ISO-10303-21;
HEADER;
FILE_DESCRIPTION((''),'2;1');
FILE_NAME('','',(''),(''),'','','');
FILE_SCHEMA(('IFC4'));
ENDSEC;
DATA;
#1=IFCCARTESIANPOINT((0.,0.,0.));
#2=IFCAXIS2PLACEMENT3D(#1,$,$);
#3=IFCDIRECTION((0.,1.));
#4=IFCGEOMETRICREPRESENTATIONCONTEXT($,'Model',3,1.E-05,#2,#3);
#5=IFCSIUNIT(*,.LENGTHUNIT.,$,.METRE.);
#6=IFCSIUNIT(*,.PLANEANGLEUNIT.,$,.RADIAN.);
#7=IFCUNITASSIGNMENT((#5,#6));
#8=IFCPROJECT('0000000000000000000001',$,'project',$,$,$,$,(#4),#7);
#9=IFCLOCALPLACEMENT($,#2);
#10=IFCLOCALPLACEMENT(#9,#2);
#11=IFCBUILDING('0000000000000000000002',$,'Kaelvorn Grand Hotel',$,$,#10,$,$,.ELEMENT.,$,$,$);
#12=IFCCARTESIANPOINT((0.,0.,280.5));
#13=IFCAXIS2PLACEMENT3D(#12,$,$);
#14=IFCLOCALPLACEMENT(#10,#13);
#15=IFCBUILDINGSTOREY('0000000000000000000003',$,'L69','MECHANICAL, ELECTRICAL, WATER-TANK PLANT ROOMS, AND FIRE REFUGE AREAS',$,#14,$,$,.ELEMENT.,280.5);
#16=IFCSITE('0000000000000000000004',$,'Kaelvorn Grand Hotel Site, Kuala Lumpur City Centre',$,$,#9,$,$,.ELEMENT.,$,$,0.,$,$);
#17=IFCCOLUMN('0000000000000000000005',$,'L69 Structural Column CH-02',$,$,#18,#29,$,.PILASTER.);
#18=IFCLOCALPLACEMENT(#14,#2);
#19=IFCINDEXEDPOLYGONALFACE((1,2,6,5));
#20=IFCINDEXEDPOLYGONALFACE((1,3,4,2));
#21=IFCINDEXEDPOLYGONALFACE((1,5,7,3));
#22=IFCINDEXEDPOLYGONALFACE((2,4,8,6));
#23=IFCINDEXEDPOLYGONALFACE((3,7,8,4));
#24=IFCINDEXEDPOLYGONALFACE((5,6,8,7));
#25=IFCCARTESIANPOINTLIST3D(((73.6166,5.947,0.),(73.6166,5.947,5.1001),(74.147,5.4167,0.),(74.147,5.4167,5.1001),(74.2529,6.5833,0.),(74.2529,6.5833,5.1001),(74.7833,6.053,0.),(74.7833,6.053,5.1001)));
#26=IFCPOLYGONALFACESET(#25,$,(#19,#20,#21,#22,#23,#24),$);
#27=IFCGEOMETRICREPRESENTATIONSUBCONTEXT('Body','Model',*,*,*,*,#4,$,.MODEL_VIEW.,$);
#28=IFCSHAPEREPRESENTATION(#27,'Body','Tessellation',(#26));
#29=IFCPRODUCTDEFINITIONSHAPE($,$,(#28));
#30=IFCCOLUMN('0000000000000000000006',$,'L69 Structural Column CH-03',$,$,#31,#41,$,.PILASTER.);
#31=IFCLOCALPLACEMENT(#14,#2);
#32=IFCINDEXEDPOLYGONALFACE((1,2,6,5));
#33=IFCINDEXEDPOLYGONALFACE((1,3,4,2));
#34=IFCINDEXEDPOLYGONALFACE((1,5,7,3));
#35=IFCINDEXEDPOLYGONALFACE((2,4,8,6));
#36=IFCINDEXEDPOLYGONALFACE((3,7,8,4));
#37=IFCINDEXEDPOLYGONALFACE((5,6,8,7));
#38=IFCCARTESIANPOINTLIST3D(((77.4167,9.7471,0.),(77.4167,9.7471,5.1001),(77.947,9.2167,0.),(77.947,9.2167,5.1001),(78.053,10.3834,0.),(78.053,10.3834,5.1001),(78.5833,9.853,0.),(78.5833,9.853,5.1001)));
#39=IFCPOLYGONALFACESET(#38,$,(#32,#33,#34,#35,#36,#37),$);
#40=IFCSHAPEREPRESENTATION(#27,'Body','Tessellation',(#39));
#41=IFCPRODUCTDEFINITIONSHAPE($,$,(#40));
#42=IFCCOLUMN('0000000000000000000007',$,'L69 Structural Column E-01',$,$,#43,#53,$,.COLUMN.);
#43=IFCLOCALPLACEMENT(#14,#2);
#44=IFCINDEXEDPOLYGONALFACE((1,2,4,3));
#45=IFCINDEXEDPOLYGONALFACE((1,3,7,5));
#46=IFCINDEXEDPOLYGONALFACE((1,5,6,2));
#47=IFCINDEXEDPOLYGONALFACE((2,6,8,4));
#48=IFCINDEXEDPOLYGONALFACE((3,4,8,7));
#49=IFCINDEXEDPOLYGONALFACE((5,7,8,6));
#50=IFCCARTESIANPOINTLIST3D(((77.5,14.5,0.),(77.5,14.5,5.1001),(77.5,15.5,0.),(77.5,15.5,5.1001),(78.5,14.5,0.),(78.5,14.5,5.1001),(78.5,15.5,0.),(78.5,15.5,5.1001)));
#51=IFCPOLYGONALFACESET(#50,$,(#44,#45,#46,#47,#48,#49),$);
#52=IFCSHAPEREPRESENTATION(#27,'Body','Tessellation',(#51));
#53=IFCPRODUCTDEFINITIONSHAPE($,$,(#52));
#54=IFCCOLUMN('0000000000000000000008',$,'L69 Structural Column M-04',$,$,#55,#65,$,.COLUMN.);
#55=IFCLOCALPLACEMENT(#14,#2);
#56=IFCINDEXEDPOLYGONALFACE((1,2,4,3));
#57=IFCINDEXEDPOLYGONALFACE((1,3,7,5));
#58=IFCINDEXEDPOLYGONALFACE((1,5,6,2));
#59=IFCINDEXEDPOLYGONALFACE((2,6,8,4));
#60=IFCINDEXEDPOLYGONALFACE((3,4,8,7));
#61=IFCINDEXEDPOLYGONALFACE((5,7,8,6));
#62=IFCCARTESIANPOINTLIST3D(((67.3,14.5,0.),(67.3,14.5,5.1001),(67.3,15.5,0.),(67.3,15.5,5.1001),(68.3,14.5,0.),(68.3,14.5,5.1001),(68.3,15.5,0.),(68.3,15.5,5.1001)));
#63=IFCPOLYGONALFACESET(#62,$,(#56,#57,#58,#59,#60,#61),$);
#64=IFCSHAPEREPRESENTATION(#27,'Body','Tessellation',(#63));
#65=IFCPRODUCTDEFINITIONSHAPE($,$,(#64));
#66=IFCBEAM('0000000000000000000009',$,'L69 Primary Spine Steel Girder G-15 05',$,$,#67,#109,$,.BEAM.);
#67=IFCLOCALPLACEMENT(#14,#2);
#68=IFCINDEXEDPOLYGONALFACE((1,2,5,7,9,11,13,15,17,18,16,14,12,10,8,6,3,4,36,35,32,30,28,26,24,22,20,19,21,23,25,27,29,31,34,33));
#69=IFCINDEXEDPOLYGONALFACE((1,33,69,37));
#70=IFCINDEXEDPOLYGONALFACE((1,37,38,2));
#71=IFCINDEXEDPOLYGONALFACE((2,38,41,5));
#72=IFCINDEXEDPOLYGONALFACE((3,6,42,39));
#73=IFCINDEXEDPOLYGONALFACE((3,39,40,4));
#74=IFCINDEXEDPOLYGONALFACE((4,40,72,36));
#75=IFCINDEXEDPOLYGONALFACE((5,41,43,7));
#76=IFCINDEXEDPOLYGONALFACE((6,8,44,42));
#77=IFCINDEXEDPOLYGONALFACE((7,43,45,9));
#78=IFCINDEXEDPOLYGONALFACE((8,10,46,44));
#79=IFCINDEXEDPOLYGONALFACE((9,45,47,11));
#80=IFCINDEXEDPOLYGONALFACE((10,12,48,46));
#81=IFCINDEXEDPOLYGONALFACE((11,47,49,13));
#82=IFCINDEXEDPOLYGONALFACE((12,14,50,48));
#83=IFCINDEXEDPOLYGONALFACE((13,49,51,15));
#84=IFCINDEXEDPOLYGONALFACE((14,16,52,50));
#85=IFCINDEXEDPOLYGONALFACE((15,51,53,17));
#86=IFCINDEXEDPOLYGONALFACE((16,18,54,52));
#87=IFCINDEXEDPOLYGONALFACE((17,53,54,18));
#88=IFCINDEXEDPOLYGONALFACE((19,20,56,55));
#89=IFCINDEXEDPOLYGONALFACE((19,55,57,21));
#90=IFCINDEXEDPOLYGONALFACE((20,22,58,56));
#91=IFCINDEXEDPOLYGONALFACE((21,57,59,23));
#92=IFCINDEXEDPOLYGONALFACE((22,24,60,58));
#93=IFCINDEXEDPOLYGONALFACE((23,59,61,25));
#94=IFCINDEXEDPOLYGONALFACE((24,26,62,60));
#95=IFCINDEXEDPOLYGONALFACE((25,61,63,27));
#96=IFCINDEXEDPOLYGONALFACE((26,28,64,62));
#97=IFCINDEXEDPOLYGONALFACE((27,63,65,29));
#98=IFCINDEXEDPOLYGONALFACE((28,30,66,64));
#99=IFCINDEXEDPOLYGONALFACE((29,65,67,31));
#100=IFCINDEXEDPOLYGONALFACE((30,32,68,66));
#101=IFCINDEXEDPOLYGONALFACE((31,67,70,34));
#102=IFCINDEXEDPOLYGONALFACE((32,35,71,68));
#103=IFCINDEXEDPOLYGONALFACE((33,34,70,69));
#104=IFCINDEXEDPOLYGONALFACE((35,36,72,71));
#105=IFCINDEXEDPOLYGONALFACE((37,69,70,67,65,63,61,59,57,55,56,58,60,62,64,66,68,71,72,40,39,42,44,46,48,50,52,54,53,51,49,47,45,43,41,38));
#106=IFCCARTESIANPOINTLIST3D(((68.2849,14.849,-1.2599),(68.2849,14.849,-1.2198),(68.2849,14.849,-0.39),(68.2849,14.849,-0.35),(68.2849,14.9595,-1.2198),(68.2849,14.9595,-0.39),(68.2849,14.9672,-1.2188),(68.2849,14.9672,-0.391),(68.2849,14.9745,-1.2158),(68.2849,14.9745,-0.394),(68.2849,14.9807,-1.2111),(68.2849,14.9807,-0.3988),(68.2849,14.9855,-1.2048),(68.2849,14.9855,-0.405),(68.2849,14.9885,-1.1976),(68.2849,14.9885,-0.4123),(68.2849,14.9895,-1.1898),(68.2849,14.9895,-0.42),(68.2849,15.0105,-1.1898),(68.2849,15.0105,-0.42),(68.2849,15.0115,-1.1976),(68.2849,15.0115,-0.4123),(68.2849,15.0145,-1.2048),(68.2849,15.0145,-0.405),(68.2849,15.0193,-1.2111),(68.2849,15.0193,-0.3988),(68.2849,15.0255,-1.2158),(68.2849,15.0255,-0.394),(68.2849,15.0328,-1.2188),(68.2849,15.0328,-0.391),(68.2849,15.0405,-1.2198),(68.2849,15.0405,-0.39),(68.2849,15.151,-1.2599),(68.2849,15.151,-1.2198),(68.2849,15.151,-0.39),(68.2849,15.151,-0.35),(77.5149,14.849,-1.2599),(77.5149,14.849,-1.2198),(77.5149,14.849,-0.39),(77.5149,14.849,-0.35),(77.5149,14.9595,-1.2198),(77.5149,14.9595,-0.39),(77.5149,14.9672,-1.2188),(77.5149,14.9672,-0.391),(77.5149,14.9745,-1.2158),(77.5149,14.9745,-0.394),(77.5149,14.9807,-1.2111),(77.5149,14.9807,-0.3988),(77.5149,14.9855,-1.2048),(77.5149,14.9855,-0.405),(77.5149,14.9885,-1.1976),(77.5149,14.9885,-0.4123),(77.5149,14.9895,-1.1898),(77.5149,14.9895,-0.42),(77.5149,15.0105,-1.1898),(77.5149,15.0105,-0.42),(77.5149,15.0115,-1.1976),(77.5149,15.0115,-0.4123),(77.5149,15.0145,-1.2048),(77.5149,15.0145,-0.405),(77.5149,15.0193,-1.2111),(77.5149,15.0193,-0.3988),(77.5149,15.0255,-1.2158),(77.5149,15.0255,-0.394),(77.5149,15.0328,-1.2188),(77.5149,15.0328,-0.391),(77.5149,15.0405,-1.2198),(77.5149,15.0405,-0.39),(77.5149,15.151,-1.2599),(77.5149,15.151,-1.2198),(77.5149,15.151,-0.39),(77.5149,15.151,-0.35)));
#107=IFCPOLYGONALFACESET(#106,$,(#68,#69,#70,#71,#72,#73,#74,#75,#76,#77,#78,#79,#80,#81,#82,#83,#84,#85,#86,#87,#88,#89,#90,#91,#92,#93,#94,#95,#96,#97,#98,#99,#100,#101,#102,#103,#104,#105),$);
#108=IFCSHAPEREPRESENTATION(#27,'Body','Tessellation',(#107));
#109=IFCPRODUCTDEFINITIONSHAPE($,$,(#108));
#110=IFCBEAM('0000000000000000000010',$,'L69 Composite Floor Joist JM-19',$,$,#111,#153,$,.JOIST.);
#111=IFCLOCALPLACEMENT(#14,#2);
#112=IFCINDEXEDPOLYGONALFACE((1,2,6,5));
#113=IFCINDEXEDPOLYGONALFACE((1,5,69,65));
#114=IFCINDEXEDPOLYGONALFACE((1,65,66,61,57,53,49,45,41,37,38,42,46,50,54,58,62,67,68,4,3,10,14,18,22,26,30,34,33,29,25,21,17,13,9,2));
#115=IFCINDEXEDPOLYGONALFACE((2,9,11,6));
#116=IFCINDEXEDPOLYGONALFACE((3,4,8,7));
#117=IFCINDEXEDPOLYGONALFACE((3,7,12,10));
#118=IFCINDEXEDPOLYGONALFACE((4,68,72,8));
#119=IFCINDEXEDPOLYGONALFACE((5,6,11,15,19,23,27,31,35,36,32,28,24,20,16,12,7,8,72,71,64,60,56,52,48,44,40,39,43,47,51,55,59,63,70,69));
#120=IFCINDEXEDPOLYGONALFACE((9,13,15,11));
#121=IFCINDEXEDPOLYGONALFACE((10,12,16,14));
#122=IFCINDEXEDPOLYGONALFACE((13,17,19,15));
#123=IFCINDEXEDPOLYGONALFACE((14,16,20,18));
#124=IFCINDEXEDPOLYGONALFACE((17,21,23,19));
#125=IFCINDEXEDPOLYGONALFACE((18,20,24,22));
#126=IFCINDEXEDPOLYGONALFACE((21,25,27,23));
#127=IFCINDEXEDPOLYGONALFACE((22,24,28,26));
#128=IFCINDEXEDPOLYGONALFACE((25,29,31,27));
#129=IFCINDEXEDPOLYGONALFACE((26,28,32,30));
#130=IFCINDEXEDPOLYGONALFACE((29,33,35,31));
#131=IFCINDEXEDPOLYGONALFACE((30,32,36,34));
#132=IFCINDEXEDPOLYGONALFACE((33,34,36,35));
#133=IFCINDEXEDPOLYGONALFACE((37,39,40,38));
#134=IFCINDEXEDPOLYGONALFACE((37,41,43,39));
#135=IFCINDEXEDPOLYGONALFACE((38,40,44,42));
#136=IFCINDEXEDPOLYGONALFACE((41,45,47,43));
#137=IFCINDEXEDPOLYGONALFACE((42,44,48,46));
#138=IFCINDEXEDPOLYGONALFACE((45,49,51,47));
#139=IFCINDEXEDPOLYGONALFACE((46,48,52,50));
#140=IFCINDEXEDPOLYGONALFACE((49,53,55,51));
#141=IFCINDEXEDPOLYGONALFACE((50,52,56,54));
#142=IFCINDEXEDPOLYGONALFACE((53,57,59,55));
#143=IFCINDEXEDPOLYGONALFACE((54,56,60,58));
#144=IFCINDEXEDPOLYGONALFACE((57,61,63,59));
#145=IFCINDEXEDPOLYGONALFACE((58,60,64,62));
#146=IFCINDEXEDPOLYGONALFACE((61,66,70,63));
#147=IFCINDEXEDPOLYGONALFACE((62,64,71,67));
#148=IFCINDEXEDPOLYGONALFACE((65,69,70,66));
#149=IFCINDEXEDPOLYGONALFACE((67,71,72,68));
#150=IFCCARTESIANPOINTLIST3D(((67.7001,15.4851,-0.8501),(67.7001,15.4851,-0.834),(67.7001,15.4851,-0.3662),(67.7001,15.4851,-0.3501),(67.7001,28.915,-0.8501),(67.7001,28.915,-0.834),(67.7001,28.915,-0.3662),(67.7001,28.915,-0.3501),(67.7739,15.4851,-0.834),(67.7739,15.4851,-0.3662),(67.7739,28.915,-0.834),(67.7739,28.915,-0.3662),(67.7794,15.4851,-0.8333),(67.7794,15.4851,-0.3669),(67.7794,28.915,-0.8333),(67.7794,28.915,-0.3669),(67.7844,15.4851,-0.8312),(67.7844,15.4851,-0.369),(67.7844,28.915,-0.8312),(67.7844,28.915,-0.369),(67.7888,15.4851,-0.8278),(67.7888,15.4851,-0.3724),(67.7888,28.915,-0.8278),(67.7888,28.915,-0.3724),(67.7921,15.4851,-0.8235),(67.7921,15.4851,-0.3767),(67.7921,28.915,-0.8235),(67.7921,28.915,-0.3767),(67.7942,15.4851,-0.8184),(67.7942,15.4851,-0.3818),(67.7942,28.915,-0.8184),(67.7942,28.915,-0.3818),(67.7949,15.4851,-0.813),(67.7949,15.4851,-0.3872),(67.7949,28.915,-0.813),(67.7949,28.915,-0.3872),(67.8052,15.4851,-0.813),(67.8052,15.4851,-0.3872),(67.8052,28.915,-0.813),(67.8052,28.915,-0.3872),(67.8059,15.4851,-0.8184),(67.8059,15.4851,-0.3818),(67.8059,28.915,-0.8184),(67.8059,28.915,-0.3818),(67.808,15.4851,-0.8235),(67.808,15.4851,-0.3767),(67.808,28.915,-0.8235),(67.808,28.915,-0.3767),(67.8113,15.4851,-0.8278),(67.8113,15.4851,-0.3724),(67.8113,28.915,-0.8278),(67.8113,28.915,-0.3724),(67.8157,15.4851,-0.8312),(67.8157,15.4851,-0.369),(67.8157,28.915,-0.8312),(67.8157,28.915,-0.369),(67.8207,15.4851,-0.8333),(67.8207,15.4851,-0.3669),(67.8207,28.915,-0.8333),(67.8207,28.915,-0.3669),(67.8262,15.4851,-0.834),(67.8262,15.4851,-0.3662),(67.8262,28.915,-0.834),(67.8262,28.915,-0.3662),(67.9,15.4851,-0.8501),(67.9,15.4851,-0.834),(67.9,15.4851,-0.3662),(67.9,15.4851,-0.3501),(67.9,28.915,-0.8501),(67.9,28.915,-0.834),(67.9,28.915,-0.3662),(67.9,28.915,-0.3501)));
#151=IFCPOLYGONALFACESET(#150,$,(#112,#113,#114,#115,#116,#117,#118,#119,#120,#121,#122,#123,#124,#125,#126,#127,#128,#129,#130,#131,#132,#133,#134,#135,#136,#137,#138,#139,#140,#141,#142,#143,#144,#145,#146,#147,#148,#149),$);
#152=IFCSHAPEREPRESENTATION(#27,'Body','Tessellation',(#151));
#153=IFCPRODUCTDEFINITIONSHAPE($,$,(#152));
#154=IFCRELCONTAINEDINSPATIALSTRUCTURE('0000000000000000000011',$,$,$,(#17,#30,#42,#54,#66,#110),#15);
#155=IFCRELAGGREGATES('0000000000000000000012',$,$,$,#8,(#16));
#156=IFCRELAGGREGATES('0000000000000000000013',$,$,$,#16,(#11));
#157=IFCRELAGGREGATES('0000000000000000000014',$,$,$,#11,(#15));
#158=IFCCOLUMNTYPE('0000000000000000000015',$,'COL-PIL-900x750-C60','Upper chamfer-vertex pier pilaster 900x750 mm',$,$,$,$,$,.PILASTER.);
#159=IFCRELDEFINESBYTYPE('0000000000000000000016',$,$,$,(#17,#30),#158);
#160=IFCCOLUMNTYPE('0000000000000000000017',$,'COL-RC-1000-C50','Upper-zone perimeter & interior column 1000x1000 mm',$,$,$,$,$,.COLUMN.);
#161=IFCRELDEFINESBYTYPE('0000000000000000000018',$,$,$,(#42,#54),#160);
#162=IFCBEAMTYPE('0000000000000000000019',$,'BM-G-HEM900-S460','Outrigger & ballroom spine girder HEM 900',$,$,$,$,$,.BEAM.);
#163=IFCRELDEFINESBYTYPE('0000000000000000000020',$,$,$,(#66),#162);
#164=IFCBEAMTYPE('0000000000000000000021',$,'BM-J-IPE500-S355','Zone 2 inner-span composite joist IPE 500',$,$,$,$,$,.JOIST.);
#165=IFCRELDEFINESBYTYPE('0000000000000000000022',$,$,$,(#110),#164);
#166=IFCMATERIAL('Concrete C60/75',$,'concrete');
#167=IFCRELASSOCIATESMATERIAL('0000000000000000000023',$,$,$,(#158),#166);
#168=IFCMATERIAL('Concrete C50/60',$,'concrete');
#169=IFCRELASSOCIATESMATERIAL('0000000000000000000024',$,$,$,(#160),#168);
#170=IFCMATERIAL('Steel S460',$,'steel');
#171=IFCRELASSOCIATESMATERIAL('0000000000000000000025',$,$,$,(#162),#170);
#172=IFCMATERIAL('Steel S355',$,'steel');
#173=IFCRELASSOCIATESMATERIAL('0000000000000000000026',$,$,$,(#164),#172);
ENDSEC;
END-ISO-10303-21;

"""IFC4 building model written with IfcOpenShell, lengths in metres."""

from ifc_helpers import new_model, si_unit, direction, frame, origin, origin_2d, place, context, subcontext, project, spatial, rectangle, i_section, extrude, material, material_profile, profile_set, type_object, element, save


model = new_model("IFC4")

# Units and contexts
model_context = context("Model", 3, precision=1e-05, world=origin(), true_north=direction((0.0, 1.0)))
body_context = subcontext(model_context, "Body", "Model", "MODEL_VIEW")
ifc_project = project(units=[si_unit("LENGTHUNIT", "METRE"), si_unit("PLANEANGLEUNIT", "RADIAN")], contexts=[model_context])

# Site, building, storey
site_placement = place(None, origin())
site = spatial("IfcSite", under=ifc_project, at=site_placement, Name="Kaelvorn Grand Hotel Site, Kuala Lumpur City Centre", CompositionType="ELEMENT", RefElevation=0.0)
building_placement = place(site_placement, origin())
building = spatial("IfcBuilding", under=site, at=building_placement, Name="Kaelvorn Grand Hotel", CompositionType="ELEMENT")
storey_placement = place(building_placement, frame((0.0, 0.0, 280.5)))
storey = spatial("IfcBuildingStorey", under=building, at=storey_placement, Name="L69", Description="MECHANICAL, ELECTRICAL, WATER-TANK PLANT ROOMS, AND FIRE REFUGE AREAS", CompositionType="ELEMENT", Elevation=280.5)

# Columns
ifc_material_1 = material(Name="Concrete C60/75", Category="concrete")
ifc_material_profile_1 = material_profile(ifc_material_1, rectangle(XDim=0.8999, YDim=0.75, at=origin_2d()), Name="RC PILASTER 900x750")
ifc_profile_set_1 = profile_set([ifc_material_profile_1], Name="Concrete C60/75")
column_type_1 = type_object("IfcColumnType", Name="COL-PIL-900x750-C60", Description="Upper chamfer-vertex pier pilaster 900x750 mm", PredefinedType="PILASTER", material=ifc_profile_set_1)
for number, where, z_axis, x_axis, name in (
    (1, (74.2, 6.0, 0.0), (0.0, 0.0, 1.0), (0.707107, 0.707107, 0.0), "L69 Structural Column CH-02"),
    (2, (78.0, 9.8, 0.0), (0.0, 0.0, 1.0), (0.707107, 0.707107, 0.0), "L69 Structural Column CH-03"),
):
    element("IfcColumn", number, at=place(storey_placement, frame(where, z_axis=z_axis, x_axis=x_axis)), inside=storey, type_object=column_type_1, Name=name, PredefinedType="PILASTER", context=body_context, shape_type="SweptSolid", body=[
        extrude(rectangle(XDim=0.8999, YDim=0.75, at=origin_2d()), origin(), (0.0, 0.0, 1.0), 5.1001),
    ])
ifc_material_2 = material(Name="Concrete C50/60", Category="concrete")
ifc_material_profile_2 = material_profile(ifc_material_2, rectangle(XDim=1.0, YDim=1.0, at=origin_2d()), Name="RC COL 1000x1000")
ifc_profile_set_2 = profile_set([ifc_material_profile_2], Name="Concrete C50/60")
column_type_2 = type_object("IfcColumnType", Name="COL-RC-1000-C50", Description="Upper-zone perimeter & interior column 1000x1000 mm", PredefinedType="COLUMN", material=ifc_profile_set_2)
for number, where, z_axis, x_axis, name in (
    (3, (78.0, 15.0, 0.0), (0.0, 0.0, 1.0), (1.0, 0.0, 0.0), "L69 Structural Column E-01"),
    (4, (67.8, 15.0, 0.0), (0.0, 0.0, 1.0), (1.0, 0.0, 0.0), "L69 Structural Column M-04"),
):
    element("IfcColumn", number, at=place(storey_placement, frame(where, z_axis=z_axis, x_axis=x_axis)), inside=storey, type_object=column_type_2, Name=name, PredefinedType="COLUMN", context=body_context, shape_type="SweptSolid", body=[
        extrude(rectangle(XDim=1.0, YDim=1.0, at=origin_2d()), origin(), (0.0, 0.0, 1.0), 5.1001),
    ])

# Beams
ifc_material_3 = material(Name="Steel S460", Category="steel")
ifc_material_profile_3 = material_profile(ifc_material_3, i_section(OverallWidth=0.302, OverallDepth=0.9099, WebThickness=0.021, FlangeThickness=0.04, FilletRadius=0.03, at=origin_2d()), Name="HEM 900")
ifc_profile_set_3 = profile_set([ifc_material_profile_3], Name="Steel S460")
beam_type_1 = type_object("IfcBeamType", Name="BM-G-HEM900-S460", Description="Outrigger & ballroom spine girder HEM 900", PredefinedType="BEAM", material=ifc_profile_set_3)
beam_1_placement = place(storey_placement, frame((68.2849, 15.0, -0.8049), z_axis=(1.0, 0.0, 0.0), x_axis=(0.0, 1.0, 0.0)))
element("IfcBeam", 5, at=beam_1_placement, inside=storey, type_object=beam_type_1, Name="L69 Primary Spine Steel Girder G-15 05", PredefinedType="BEAM", context=body_context, shape_type="SweptSolid", body=[
    extrude(i_section(OverallWidth=0.302, OverallDepth=0.9099, WebThickness=0.021, FlangeThickness=0.04, FilletRadius=0.03, at=origin_2d()), origin(), (0.0, 0.0, 1.0), 9.23),
])
ifc_material_4 = material(Name="Steel S355", Category="steel")
ifc_material_profile_4 = material_profile(ifc_material_4, i_section(OverallWidth=0.2, OverallDepth=0.5, WebThickness=0.0103, FlangeThickness=0.0161, FilletRadius=0.021, at=origin_2d()), Name="IPE 500")
ifc_profile_set_4 = profile_set([ifc_material_profile_4], Name="Steel S355")
beam_type_2 = type_object("IfcBeamType", Name="BM-J-IPE500-S355", Description="Zone 2 inner-span composite joist IPE 500", PredefinedType="JOIST", material=ifc_profile_set_4)
beam_2_placement = place(storey_placement, frame((67.8, 15.4851, -0.6001), z_axis=(0.0, 1.0, 0.0), x_axis=(-1.0, 0.0, 0.0)))
element("IfcBeam", 6, at=beam_2_placement, inside=storey, type_object=beam_type_2, Name="L69 Composite Floor Joist JM-19", PredefinedType="JOIST", context=body_context, shape_type="SweptSolid", body=[
    extrude(i_section(OverallWidth=0.2, OverallDepth=0.5, WebThickness=0.0103, FlangeThickness=0.0161, FilletRadius=0.021, at=origin_2d()), origin(), (0.0, 0.0, 1.0), 13.4299),
])

save(model, "model.ifc")
